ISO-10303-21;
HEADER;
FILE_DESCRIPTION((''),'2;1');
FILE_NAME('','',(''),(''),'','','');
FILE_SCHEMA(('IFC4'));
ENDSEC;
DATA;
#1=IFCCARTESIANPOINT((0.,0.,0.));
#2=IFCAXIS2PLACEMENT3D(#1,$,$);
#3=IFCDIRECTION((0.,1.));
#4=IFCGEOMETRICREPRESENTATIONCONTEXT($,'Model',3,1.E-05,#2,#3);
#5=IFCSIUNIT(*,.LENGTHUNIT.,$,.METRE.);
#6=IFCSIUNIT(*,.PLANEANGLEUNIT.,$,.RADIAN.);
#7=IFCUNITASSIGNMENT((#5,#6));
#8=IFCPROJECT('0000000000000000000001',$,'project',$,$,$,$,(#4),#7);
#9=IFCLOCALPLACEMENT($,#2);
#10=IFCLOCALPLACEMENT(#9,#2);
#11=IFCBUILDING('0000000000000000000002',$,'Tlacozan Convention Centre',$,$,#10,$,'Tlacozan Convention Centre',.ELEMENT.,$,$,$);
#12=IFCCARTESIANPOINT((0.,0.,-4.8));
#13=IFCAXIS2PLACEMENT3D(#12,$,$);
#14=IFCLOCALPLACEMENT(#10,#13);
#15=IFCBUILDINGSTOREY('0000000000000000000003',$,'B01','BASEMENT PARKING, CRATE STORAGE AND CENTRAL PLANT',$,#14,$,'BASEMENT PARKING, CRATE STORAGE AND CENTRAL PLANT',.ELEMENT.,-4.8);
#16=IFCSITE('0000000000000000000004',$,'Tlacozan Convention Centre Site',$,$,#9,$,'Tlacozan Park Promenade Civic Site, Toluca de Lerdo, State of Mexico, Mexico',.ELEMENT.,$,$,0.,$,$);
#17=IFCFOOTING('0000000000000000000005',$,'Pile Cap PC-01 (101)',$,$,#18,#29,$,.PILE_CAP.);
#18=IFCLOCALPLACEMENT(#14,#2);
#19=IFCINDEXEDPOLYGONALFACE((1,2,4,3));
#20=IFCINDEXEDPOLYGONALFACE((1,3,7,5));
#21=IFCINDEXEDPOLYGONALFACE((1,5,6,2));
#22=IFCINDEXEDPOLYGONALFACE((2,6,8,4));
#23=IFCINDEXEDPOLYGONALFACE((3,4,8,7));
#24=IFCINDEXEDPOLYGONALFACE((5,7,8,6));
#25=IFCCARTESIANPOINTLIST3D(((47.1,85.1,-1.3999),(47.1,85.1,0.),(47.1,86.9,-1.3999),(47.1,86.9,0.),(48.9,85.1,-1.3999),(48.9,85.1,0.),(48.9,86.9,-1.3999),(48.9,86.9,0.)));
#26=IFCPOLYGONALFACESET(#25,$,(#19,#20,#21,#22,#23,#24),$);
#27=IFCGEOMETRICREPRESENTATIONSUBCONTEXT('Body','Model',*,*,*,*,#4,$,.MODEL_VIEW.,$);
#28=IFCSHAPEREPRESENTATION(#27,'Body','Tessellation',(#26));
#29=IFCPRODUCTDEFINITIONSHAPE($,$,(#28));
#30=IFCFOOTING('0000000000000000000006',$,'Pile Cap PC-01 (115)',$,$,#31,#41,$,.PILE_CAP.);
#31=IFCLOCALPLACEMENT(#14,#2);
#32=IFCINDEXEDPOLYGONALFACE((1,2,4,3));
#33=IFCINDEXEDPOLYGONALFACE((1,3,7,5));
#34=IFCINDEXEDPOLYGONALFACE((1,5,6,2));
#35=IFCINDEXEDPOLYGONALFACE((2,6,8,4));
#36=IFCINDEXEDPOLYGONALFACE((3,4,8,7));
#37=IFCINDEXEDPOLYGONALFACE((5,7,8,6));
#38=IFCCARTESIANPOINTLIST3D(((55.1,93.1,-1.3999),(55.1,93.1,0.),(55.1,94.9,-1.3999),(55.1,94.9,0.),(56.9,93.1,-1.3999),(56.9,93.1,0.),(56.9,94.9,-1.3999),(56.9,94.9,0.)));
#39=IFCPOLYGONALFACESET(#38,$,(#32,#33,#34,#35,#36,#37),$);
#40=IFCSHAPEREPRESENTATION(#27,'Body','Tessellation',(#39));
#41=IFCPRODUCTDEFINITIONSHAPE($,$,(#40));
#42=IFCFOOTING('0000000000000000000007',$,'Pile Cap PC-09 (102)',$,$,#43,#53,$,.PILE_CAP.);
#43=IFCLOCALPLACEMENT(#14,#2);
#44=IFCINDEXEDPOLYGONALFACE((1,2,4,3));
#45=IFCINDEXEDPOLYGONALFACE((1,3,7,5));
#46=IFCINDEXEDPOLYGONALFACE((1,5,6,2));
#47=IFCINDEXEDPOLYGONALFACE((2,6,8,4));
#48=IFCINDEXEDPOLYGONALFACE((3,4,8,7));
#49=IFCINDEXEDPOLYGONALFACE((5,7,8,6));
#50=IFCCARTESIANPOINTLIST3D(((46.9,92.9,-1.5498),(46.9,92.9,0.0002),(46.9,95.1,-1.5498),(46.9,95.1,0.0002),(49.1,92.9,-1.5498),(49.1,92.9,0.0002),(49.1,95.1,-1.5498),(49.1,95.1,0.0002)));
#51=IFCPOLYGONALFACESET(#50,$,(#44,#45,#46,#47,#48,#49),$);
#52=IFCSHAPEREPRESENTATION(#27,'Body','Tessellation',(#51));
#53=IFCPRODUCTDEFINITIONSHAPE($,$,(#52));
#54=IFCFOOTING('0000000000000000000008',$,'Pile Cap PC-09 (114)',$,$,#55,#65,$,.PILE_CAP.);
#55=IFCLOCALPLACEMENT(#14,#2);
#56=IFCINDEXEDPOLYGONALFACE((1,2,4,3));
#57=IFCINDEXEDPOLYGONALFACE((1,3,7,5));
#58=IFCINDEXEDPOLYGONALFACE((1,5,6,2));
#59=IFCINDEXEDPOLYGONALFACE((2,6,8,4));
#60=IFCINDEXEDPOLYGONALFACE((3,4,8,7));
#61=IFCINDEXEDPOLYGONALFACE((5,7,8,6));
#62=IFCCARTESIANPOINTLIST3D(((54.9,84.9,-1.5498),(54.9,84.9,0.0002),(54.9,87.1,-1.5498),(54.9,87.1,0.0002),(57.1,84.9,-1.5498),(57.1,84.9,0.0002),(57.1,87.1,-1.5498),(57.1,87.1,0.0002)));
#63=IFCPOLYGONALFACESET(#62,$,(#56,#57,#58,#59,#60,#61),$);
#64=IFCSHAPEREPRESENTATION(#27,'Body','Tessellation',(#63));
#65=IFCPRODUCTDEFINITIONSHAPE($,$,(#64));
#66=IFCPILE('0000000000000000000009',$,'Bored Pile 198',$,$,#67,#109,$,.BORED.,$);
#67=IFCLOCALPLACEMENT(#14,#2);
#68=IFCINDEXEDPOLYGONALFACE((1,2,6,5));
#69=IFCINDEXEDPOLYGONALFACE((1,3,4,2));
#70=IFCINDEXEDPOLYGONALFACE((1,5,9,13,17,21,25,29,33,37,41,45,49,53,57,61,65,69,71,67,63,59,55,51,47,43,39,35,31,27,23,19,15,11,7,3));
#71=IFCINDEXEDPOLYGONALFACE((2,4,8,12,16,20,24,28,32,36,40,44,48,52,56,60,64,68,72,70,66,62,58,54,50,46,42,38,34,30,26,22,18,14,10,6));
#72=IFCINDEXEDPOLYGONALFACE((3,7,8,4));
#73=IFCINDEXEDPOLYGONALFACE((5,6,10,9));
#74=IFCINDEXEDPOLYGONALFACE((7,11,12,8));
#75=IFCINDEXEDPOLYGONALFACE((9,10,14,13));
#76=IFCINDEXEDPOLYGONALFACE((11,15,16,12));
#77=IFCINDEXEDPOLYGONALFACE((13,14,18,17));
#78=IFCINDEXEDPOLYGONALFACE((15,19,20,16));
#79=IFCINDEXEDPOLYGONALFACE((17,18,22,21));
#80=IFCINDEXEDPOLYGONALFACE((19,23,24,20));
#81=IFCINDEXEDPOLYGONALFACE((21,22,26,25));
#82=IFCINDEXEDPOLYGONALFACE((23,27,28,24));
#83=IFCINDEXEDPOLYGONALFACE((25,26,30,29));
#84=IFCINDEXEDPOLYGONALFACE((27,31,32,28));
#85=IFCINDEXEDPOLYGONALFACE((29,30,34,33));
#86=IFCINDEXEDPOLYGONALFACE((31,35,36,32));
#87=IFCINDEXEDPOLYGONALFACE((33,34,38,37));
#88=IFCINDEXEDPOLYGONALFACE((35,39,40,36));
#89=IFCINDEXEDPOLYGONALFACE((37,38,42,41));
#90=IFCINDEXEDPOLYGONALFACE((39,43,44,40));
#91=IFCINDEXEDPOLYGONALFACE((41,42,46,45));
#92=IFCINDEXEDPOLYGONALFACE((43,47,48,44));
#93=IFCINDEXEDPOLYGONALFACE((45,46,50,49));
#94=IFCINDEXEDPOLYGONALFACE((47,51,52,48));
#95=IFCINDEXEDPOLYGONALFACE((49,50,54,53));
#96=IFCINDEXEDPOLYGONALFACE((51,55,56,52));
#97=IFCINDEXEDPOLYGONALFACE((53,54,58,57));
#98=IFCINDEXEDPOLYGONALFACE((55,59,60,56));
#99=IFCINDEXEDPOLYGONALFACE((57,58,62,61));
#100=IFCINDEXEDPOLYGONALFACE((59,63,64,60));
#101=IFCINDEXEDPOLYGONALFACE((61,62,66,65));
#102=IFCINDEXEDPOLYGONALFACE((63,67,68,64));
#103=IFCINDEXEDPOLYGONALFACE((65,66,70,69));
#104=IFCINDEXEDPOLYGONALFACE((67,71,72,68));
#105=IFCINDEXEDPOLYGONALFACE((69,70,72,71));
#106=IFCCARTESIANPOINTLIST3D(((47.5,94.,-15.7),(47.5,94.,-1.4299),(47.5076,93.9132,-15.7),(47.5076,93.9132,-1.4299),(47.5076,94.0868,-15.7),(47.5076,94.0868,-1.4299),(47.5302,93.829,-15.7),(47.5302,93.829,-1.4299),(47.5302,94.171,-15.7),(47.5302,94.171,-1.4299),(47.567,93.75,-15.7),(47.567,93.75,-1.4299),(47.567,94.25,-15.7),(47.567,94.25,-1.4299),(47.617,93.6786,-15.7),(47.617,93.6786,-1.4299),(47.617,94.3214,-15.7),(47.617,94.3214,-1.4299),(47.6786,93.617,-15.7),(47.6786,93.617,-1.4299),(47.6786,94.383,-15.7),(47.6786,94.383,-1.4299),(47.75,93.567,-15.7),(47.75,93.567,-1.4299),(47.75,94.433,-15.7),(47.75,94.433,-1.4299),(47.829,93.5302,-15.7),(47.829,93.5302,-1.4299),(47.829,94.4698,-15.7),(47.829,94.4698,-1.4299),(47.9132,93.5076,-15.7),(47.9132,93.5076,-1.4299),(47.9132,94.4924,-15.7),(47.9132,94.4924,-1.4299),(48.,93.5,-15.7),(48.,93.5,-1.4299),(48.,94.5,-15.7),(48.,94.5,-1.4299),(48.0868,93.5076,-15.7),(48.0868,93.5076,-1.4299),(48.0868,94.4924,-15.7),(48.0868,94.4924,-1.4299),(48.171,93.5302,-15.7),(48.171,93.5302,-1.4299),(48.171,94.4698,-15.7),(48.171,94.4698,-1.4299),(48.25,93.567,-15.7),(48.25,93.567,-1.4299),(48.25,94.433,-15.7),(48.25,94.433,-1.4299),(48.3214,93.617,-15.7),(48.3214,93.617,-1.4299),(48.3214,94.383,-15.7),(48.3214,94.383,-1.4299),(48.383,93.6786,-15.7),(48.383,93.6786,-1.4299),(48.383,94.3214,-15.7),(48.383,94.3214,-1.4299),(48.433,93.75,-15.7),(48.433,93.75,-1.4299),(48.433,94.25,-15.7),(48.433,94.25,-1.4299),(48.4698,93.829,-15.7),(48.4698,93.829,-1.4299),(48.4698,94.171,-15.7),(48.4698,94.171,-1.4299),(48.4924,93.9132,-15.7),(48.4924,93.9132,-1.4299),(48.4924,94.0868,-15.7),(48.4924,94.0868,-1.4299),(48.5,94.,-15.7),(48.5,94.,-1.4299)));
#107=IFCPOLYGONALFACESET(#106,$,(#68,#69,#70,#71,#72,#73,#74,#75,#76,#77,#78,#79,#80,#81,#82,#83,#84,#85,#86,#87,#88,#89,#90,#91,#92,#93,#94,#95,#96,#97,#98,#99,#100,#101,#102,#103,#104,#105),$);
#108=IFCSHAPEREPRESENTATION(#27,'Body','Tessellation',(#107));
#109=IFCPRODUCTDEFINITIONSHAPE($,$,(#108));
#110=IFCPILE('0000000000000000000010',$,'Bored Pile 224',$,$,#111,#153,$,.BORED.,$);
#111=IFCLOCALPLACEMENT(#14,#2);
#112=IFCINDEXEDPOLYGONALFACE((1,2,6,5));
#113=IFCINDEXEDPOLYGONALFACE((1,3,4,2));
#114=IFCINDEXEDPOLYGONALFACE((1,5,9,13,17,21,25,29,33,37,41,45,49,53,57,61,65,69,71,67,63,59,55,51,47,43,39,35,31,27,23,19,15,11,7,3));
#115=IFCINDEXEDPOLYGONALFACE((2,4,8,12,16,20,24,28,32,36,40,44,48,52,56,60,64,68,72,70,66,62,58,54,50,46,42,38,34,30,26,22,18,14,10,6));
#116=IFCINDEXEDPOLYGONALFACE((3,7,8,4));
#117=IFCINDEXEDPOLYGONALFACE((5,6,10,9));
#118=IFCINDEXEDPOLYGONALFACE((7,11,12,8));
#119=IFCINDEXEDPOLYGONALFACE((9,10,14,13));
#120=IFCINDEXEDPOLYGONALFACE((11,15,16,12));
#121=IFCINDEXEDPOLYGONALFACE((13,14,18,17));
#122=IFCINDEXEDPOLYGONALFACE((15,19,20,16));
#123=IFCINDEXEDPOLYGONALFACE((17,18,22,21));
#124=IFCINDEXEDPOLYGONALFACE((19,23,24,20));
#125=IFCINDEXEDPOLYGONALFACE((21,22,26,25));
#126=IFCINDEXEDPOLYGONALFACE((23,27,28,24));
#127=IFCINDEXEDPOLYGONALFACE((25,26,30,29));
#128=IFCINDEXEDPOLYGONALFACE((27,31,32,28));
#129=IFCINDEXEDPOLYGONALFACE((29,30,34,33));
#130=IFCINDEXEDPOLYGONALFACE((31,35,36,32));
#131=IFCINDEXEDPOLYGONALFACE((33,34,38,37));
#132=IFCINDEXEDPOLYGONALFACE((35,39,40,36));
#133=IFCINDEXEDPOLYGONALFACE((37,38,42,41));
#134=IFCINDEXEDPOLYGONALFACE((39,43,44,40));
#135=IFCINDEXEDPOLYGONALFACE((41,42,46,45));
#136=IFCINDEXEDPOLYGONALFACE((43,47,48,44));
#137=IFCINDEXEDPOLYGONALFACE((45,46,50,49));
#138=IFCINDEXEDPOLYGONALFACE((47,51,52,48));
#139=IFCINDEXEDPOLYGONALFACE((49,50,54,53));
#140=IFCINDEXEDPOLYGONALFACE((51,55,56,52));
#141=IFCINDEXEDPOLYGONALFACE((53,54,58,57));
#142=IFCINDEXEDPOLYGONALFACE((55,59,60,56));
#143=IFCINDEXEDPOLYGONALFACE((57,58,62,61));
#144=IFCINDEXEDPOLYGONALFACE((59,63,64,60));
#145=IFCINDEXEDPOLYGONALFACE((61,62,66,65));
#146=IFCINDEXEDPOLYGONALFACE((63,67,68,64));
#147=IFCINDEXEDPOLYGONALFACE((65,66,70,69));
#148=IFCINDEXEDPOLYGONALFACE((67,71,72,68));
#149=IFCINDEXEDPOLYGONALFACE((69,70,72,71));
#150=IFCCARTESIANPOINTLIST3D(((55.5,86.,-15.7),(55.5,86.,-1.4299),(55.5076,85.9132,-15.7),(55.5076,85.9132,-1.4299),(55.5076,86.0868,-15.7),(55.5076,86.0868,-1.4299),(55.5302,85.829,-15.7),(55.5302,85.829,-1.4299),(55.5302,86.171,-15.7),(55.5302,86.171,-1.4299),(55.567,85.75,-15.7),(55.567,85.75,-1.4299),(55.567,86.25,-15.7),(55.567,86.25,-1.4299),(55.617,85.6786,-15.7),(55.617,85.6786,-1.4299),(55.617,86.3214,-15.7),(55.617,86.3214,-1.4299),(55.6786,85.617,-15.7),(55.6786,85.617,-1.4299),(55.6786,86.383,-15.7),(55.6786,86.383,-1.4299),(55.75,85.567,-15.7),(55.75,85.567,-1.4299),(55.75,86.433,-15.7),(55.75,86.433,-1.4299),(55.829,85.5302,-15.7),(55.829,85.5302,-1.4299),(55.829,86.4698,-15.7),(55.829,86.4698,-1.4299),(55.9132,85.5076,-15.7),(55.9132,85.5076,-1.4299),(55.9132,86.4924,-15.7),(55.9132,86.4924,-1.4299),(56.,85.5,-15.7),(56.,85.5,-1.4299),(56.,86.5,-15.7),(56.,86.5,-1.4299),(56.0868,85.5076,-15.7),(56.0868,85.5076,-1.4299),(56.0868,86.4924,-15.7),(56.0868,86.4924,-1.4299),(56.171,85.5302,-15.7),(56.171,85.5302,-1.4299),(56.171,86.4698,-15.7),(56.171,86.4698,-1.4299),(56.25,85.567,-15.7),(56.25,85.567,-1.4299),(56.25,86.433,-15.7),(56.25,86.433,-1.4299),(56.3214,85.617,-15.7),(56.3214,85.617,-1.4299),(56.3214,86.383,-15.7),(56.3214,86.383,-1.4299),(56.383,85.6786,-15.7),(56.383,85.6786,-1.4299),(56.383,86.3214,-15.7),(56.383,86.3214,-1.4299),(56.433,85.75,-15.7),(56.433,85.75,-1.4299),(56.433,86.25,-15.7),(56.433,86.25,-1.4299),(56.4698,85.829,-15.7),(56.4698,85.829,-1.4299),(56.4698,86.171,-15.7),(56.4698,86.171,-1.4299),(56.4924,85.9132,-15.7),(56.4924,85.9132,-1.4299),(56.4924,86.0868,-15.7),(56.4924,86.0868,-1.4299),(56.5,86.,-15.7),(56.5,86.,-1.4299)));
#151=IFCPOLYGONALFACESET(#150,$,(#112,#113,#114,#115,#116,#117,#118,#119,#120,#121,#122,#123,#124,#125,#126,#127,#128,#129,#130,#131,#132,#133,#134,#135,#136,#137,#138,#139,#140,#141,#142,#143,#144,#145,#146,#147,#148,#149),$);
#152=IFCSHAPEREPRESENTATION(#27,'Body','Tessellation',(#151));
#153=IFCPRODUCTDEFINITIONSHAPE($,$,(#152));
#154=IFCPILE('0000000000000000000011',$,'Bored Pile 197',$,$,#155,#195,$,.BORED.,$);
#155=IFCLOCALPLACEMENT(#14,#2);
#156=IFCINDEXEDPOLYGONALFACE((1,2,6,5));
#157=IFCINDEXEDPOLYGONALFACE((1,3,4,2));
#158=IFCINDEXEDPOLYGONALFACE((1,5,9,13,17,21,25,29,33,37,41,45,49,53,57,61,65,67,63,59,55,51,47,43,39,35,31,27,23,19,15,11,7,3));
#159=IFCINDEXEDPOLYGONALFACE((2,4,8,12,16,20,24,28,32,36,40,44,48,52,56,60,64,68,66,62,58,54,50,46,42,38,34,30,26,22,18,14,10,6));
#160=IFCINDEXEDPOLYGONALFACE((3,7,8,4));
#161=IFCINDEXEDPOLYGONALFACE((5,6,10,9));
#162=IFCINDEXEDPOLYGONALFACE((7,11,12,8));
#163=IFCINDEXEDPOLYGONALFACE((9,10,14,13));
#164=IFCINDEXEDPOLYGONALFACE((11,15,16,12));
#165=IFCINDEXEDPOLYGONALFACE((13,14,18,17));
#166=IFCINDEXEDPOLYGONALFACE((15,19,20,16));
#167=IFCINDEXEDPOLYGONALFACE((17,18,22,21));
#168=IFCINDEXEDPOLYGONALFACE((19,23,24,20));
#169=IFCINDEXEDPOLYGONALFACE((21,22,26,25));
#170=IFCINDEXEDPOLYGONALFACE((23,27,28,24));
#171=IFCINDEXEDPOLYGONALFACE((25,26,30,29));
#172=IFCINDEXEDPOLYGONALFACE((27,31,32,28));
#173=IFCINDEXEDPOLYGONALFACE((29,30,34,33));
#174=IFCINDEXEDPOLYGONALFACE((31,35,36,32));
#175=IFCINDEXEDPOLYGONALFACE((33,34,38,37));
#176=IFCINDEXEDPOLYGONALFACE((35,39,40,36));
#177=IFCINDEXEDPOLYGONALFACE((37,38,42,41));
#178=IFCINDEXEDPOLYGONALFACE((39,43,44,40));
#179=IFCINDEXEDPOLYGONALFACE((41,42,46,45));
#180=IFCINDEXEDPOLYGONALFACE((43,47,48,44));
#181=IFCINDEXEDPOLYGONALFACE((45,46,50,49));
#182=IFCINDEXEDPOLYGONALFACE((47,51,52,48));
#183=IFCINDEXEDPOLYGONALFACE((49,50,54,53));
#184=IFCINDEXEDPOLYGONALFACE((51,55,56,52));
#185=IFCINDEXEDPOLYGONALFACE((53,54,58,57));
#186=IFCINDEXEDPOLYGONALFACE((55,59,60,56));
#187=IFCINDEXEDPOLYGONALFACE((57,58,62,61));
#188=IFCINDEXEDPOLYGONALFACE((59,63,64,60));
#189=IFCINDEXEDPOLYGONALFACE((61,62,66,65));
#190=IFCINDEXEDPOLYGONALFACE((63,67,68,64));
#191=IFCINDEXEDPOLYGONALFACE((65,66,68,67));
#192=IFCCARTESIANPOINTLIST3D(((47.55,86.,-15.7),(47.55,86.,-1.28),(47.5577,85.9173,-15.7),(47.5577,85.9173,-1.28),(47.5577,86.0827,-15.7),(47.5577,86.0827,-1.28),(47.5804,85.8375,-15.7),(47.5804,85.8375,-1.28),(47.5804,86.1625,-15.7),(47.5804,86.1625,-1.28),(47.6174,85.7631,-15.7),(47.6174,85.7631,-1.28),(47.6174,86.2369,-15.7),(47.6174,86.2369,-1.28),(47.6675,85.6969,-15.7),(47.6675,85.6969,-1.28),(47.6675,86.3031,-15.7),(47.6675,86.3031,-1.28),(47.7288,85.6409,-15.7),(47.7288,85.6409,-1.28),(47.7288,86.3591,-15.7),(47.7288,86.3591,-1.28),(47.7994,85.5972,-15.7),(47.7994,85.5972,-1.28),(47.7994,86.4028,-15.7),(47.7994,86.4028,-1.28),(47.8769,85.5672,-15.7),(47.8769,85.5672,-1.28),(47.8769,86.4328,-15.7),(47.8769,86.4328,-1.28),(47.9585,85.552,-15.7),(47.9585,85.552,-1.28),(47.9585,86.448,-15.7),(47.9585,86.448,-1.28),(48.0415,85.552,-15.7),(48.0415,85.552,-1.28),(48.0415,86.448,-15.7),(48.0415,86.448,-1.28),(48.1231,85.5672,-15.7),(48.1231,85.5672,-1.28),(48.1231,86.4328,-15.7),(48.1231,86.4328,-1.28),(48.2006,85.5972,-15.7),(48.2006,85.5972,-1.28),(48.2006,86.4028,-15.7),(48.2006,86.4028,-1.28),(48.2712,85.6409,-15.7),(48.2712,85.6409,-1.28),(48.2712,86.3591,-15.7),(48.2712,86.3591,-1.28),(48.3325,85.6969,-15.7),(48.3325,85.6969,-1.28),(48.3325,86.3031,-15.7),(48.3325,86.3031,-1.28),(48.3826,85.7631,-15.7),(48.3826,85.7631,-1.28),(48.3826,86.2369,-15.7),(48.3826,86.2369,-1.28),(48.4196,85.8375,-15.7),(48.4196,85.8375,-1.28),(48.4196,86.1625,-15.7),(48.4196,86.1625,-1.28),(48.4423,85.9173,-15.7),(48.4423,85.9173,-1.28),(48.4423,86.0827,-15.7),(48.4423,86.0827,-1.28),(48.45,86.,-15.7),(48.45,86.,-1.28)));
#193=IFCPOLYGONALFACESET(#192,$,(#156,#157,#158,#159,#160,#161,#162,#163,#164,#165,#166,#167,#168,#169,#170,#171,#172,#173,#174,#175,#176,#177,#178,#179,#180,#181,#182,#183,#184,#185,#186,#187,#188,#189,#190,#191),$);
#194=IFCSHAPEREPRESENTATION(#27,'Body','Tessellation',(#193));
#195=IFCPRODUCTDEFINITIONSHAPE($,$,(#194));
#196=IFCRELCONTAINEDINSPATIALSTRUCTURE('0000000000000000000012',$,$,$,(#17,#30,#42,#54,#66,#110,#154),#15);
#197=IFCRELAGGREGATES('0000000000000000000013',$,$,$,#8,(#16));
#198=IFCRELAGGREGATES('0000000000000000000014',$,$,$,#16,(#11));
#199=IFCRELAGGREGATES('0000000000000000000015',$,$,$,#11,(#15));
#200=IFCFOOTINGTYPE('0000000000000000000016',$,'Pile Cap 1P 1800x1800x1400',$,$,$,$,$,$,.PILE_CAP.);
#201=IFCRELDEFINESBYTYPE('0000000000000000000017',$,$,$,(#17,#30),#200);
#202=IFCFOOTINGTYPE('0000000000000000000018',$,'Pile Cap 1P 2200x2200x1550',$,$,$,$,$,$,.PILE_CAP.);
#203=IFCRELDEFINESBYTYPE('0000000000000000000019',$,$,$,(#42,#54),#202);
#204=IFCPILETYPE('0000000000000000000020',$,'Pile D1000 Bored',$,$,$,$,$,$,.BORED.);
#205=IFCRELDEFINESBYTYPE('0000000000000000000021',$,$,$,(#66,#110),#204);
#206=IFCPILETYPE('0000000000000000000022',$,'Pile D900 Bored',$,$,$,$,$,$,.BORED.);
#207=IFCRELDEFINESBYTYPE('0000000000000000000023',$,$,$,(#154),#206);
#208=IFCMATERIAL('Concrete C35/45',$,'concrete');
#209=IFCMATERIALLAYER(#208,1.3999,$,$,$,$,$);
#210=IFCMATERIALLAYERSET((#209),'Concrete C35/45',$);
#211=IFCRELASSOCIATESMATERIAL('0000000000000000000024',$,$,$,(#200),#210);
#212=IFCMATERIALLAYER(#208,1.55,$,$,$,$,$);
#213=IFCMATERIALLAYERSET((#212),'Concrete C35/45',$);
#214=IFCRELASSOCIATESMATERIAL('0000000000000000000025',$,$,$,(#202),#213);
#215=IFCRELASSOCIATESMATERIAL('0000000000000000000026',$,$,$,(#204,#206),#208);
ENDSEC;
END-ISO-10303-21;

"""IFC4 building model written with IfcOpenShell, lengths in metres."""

from ifc_helpers import new_model, si_unit, direction, frame, origin, origin_2d, place, context, subcontext, project, spatial, rectangle, circle, extrude, material, layer, layer_set, material_profile, profile_set, type_object, element, save


model = new_model("IFC4")

# Units and contexts
model_context = context("Model", 3, precision=1e-05, world=origin(), true_north=direction((0.0, 1.0)))
body_context = subcontext(model_context, "Body", "Model", "MODEL_VIEW")
ifc_project = project(units=[si_unit("LENGTHUNIT", "METRE"), si_unit("PLANEANGLEUNIT", "RADIAN")], contexts=[model_context])

# Site, building, storey
site_placement = place(None, origin())
site = spatial("IfcSite", under=ifc_project, at=site_placement, Name="Tlacozan Convention Centre Site", LongName="Tlacozan Park Promenade Civic Site, Toluca de Lerdo, State of Mexico, Mexico", CompositionType="ELEMENT", RefElevation=0.0)
building_placement = place(site_placement, origin())
building = spatial("IfcBuilding", under=site, at=building_placement, Name="Tlacozan Convention Centre", LongName="Tlacozan Convention Centre", CompositionType="ELEMENT")
storey_placement = place(building_placement, frame((0.0, 0.0, -4.8)))
storey = spatial("IfcBuildingStorey", under=building, at=storey_placement, Name="B01", Description="BASEMENT PARKING, CRATE STORAGE AND CENTRAL PLANT", LongName="BASEMENT PARKING, CRATE STORAGE AND CENTRAL PLANT", CompositionType="ELEMENT", Elevation=-4.8)

# Footings
ifc_material_1 = material(Name="Concrete C35/45", Category="concrete")
ifc_layer_1 = layer(ifc_material_1, 1.3999)
ifc_layer_set_1 = layer_set([ifc_layer_1], Name="Concrete C35/45")
footing_type_1 = type_object("IfcFootingType", Name="Pile Cap 1P 1800x1800x1400", PredefinedType="PILE_CAP", material=ifc_layer_set_1)
for number, where, z_axis, x_axis, name in (
    (1, (48.0, 86.0, -1.3999), (0.0, 0.0, 1.0), (1.0, 0.0, 0.0), "Pile Cap PC-01 (101)"),
    (2, (56.0, 94.0, -1.3999), (0.0, 0.0, 1.0), (1.0, 0.0, 0.0), "Pile Cap PC-01 (115)"),
):
    element("IfcFooting", number, at=place(storey_placement, frame(where, z_axis=z_axis, x_axis=x_axis)), inside=storey, type_object=footing_type_1, Name=name, PredefinedType="PILE_CAP", context=body_context, shape_type="SweptSolid", body=[
        extrude(rectangle(XDim=1.8, YDim=1.8, at=origin_2d()), origin(), (0.0, 0.0, 1.0), 1.3999),
    ])
ifc_layer_2 = layer(ifc_material_1, 1.55)
ifc_layer_set_2 = layer_set([ifc_layer_2], Name="Concrete C35/45")
footing_type_2 = type_object("IfcFootingType", Name="Pile Cap 1P 2200x2200x1550", PredefinedType="PILE_CAP", material=ifc_layer_set_2)
for number, where, z_axis, x_axis, name in (
    (3, (48.0, 94.0, -1.5498), (0.0, 0.0, 1.0), (1.0, 0.0, 0.0), "Pile Cap PC-09 (102)"),
    (4, (56.0, 86.0, -1.5498), (0.0, 0.0, 1.0), (1.0, 0.0, 0.0), "Pile Cap PC-09 (114)"),
):
    element("IfcFooting", number, at=place(storey_placement, frame(where, z_axis=z_axis, x_axis=x_axis)), inside=storey, type_object=footing_type_2, Name=name, PredefinedType="PILE_CAP", context=body_context, shape_type="SweptSolid", body=[
        extrude(rectangle(XDim=2.2, YDim=2.2, at=origin_2d()), origin(), (0.0, 0.0, 1.0), 1.55),
    ])

# Piles
ifc_material_profile_1 = material_profile(ifc_material_1, circle(Radius=0.5, at=origin_2d()), Name="PILE D1000")
ifc_profile_set_1 = profile_set([ifc_material_profile_1], Name="Concrete C35/45")
pile_type_1 = type_object("IfcPileType", Name="Pile D1000 Bored", PredefinedType="BORED", material=ifc_profile_set_1)
for number, where, z_axis, x_axis, name in (
    (5, (48.0, 94.0, -1.4299), (0.0, 0.0, -1.0), (1.0, 0.0, 0.0), "Bored Pile 198"),
    (6, (56.0, 86.0, -1.4299), (0.0, 0.0, -1.0), (1.0, 0.0, 0.0), "Bored Pile 224"),
):
    element("IfcPile", number, at=place(storey_placement, frame(where, z_axis=z_axis, x_axis=x_axis)), inside=storey, type_object=pile_type_1, Name=name, PredefinedType="BORED", context=body_context, shape_type="SweptSolid", body=[
        extrude(circle(Radius=0.5, at=origin_2d()), origin(), (0.0, 0.0, 1.0), 14.27),
    ])
ifc_material_profile_2 = material_profile(ifc_material_1, circle(Radius=0.45, at=origin_2d()), Name="PILE D900")
ifc_profile_set_2 = profile_set([ifc_material_profile_2], Name="Concrete C35/45")
pile_type_2 = type_object("IfcPileType", Name="Pile D900 Bored", PredefinedType="BORED", material=ifc_profile_set_2)
for number, where, z_axis, x_axis, name in (
    (7, (48.0, 86.0, -1.28), (0.0, 0.0, -1.0), (1.0, 0.0, 0.0), "Bored Pile 197"),
):
    element("IfcPile", number, at=place(storey_placement, frame(where, z_axis=z_axis, x_axis=x_axis)), inside=storey, type_object=pile_type_2, Name=name, PredefinedType="BORED", context=body_context, shape_type="SweptSolid", body=[
        extrude(circle(Radius=0.45, at=origin_2d()), origin(), (0.0, 0.0, 1.0), 14.4199),
    ])

save(model, "model.ifc")
